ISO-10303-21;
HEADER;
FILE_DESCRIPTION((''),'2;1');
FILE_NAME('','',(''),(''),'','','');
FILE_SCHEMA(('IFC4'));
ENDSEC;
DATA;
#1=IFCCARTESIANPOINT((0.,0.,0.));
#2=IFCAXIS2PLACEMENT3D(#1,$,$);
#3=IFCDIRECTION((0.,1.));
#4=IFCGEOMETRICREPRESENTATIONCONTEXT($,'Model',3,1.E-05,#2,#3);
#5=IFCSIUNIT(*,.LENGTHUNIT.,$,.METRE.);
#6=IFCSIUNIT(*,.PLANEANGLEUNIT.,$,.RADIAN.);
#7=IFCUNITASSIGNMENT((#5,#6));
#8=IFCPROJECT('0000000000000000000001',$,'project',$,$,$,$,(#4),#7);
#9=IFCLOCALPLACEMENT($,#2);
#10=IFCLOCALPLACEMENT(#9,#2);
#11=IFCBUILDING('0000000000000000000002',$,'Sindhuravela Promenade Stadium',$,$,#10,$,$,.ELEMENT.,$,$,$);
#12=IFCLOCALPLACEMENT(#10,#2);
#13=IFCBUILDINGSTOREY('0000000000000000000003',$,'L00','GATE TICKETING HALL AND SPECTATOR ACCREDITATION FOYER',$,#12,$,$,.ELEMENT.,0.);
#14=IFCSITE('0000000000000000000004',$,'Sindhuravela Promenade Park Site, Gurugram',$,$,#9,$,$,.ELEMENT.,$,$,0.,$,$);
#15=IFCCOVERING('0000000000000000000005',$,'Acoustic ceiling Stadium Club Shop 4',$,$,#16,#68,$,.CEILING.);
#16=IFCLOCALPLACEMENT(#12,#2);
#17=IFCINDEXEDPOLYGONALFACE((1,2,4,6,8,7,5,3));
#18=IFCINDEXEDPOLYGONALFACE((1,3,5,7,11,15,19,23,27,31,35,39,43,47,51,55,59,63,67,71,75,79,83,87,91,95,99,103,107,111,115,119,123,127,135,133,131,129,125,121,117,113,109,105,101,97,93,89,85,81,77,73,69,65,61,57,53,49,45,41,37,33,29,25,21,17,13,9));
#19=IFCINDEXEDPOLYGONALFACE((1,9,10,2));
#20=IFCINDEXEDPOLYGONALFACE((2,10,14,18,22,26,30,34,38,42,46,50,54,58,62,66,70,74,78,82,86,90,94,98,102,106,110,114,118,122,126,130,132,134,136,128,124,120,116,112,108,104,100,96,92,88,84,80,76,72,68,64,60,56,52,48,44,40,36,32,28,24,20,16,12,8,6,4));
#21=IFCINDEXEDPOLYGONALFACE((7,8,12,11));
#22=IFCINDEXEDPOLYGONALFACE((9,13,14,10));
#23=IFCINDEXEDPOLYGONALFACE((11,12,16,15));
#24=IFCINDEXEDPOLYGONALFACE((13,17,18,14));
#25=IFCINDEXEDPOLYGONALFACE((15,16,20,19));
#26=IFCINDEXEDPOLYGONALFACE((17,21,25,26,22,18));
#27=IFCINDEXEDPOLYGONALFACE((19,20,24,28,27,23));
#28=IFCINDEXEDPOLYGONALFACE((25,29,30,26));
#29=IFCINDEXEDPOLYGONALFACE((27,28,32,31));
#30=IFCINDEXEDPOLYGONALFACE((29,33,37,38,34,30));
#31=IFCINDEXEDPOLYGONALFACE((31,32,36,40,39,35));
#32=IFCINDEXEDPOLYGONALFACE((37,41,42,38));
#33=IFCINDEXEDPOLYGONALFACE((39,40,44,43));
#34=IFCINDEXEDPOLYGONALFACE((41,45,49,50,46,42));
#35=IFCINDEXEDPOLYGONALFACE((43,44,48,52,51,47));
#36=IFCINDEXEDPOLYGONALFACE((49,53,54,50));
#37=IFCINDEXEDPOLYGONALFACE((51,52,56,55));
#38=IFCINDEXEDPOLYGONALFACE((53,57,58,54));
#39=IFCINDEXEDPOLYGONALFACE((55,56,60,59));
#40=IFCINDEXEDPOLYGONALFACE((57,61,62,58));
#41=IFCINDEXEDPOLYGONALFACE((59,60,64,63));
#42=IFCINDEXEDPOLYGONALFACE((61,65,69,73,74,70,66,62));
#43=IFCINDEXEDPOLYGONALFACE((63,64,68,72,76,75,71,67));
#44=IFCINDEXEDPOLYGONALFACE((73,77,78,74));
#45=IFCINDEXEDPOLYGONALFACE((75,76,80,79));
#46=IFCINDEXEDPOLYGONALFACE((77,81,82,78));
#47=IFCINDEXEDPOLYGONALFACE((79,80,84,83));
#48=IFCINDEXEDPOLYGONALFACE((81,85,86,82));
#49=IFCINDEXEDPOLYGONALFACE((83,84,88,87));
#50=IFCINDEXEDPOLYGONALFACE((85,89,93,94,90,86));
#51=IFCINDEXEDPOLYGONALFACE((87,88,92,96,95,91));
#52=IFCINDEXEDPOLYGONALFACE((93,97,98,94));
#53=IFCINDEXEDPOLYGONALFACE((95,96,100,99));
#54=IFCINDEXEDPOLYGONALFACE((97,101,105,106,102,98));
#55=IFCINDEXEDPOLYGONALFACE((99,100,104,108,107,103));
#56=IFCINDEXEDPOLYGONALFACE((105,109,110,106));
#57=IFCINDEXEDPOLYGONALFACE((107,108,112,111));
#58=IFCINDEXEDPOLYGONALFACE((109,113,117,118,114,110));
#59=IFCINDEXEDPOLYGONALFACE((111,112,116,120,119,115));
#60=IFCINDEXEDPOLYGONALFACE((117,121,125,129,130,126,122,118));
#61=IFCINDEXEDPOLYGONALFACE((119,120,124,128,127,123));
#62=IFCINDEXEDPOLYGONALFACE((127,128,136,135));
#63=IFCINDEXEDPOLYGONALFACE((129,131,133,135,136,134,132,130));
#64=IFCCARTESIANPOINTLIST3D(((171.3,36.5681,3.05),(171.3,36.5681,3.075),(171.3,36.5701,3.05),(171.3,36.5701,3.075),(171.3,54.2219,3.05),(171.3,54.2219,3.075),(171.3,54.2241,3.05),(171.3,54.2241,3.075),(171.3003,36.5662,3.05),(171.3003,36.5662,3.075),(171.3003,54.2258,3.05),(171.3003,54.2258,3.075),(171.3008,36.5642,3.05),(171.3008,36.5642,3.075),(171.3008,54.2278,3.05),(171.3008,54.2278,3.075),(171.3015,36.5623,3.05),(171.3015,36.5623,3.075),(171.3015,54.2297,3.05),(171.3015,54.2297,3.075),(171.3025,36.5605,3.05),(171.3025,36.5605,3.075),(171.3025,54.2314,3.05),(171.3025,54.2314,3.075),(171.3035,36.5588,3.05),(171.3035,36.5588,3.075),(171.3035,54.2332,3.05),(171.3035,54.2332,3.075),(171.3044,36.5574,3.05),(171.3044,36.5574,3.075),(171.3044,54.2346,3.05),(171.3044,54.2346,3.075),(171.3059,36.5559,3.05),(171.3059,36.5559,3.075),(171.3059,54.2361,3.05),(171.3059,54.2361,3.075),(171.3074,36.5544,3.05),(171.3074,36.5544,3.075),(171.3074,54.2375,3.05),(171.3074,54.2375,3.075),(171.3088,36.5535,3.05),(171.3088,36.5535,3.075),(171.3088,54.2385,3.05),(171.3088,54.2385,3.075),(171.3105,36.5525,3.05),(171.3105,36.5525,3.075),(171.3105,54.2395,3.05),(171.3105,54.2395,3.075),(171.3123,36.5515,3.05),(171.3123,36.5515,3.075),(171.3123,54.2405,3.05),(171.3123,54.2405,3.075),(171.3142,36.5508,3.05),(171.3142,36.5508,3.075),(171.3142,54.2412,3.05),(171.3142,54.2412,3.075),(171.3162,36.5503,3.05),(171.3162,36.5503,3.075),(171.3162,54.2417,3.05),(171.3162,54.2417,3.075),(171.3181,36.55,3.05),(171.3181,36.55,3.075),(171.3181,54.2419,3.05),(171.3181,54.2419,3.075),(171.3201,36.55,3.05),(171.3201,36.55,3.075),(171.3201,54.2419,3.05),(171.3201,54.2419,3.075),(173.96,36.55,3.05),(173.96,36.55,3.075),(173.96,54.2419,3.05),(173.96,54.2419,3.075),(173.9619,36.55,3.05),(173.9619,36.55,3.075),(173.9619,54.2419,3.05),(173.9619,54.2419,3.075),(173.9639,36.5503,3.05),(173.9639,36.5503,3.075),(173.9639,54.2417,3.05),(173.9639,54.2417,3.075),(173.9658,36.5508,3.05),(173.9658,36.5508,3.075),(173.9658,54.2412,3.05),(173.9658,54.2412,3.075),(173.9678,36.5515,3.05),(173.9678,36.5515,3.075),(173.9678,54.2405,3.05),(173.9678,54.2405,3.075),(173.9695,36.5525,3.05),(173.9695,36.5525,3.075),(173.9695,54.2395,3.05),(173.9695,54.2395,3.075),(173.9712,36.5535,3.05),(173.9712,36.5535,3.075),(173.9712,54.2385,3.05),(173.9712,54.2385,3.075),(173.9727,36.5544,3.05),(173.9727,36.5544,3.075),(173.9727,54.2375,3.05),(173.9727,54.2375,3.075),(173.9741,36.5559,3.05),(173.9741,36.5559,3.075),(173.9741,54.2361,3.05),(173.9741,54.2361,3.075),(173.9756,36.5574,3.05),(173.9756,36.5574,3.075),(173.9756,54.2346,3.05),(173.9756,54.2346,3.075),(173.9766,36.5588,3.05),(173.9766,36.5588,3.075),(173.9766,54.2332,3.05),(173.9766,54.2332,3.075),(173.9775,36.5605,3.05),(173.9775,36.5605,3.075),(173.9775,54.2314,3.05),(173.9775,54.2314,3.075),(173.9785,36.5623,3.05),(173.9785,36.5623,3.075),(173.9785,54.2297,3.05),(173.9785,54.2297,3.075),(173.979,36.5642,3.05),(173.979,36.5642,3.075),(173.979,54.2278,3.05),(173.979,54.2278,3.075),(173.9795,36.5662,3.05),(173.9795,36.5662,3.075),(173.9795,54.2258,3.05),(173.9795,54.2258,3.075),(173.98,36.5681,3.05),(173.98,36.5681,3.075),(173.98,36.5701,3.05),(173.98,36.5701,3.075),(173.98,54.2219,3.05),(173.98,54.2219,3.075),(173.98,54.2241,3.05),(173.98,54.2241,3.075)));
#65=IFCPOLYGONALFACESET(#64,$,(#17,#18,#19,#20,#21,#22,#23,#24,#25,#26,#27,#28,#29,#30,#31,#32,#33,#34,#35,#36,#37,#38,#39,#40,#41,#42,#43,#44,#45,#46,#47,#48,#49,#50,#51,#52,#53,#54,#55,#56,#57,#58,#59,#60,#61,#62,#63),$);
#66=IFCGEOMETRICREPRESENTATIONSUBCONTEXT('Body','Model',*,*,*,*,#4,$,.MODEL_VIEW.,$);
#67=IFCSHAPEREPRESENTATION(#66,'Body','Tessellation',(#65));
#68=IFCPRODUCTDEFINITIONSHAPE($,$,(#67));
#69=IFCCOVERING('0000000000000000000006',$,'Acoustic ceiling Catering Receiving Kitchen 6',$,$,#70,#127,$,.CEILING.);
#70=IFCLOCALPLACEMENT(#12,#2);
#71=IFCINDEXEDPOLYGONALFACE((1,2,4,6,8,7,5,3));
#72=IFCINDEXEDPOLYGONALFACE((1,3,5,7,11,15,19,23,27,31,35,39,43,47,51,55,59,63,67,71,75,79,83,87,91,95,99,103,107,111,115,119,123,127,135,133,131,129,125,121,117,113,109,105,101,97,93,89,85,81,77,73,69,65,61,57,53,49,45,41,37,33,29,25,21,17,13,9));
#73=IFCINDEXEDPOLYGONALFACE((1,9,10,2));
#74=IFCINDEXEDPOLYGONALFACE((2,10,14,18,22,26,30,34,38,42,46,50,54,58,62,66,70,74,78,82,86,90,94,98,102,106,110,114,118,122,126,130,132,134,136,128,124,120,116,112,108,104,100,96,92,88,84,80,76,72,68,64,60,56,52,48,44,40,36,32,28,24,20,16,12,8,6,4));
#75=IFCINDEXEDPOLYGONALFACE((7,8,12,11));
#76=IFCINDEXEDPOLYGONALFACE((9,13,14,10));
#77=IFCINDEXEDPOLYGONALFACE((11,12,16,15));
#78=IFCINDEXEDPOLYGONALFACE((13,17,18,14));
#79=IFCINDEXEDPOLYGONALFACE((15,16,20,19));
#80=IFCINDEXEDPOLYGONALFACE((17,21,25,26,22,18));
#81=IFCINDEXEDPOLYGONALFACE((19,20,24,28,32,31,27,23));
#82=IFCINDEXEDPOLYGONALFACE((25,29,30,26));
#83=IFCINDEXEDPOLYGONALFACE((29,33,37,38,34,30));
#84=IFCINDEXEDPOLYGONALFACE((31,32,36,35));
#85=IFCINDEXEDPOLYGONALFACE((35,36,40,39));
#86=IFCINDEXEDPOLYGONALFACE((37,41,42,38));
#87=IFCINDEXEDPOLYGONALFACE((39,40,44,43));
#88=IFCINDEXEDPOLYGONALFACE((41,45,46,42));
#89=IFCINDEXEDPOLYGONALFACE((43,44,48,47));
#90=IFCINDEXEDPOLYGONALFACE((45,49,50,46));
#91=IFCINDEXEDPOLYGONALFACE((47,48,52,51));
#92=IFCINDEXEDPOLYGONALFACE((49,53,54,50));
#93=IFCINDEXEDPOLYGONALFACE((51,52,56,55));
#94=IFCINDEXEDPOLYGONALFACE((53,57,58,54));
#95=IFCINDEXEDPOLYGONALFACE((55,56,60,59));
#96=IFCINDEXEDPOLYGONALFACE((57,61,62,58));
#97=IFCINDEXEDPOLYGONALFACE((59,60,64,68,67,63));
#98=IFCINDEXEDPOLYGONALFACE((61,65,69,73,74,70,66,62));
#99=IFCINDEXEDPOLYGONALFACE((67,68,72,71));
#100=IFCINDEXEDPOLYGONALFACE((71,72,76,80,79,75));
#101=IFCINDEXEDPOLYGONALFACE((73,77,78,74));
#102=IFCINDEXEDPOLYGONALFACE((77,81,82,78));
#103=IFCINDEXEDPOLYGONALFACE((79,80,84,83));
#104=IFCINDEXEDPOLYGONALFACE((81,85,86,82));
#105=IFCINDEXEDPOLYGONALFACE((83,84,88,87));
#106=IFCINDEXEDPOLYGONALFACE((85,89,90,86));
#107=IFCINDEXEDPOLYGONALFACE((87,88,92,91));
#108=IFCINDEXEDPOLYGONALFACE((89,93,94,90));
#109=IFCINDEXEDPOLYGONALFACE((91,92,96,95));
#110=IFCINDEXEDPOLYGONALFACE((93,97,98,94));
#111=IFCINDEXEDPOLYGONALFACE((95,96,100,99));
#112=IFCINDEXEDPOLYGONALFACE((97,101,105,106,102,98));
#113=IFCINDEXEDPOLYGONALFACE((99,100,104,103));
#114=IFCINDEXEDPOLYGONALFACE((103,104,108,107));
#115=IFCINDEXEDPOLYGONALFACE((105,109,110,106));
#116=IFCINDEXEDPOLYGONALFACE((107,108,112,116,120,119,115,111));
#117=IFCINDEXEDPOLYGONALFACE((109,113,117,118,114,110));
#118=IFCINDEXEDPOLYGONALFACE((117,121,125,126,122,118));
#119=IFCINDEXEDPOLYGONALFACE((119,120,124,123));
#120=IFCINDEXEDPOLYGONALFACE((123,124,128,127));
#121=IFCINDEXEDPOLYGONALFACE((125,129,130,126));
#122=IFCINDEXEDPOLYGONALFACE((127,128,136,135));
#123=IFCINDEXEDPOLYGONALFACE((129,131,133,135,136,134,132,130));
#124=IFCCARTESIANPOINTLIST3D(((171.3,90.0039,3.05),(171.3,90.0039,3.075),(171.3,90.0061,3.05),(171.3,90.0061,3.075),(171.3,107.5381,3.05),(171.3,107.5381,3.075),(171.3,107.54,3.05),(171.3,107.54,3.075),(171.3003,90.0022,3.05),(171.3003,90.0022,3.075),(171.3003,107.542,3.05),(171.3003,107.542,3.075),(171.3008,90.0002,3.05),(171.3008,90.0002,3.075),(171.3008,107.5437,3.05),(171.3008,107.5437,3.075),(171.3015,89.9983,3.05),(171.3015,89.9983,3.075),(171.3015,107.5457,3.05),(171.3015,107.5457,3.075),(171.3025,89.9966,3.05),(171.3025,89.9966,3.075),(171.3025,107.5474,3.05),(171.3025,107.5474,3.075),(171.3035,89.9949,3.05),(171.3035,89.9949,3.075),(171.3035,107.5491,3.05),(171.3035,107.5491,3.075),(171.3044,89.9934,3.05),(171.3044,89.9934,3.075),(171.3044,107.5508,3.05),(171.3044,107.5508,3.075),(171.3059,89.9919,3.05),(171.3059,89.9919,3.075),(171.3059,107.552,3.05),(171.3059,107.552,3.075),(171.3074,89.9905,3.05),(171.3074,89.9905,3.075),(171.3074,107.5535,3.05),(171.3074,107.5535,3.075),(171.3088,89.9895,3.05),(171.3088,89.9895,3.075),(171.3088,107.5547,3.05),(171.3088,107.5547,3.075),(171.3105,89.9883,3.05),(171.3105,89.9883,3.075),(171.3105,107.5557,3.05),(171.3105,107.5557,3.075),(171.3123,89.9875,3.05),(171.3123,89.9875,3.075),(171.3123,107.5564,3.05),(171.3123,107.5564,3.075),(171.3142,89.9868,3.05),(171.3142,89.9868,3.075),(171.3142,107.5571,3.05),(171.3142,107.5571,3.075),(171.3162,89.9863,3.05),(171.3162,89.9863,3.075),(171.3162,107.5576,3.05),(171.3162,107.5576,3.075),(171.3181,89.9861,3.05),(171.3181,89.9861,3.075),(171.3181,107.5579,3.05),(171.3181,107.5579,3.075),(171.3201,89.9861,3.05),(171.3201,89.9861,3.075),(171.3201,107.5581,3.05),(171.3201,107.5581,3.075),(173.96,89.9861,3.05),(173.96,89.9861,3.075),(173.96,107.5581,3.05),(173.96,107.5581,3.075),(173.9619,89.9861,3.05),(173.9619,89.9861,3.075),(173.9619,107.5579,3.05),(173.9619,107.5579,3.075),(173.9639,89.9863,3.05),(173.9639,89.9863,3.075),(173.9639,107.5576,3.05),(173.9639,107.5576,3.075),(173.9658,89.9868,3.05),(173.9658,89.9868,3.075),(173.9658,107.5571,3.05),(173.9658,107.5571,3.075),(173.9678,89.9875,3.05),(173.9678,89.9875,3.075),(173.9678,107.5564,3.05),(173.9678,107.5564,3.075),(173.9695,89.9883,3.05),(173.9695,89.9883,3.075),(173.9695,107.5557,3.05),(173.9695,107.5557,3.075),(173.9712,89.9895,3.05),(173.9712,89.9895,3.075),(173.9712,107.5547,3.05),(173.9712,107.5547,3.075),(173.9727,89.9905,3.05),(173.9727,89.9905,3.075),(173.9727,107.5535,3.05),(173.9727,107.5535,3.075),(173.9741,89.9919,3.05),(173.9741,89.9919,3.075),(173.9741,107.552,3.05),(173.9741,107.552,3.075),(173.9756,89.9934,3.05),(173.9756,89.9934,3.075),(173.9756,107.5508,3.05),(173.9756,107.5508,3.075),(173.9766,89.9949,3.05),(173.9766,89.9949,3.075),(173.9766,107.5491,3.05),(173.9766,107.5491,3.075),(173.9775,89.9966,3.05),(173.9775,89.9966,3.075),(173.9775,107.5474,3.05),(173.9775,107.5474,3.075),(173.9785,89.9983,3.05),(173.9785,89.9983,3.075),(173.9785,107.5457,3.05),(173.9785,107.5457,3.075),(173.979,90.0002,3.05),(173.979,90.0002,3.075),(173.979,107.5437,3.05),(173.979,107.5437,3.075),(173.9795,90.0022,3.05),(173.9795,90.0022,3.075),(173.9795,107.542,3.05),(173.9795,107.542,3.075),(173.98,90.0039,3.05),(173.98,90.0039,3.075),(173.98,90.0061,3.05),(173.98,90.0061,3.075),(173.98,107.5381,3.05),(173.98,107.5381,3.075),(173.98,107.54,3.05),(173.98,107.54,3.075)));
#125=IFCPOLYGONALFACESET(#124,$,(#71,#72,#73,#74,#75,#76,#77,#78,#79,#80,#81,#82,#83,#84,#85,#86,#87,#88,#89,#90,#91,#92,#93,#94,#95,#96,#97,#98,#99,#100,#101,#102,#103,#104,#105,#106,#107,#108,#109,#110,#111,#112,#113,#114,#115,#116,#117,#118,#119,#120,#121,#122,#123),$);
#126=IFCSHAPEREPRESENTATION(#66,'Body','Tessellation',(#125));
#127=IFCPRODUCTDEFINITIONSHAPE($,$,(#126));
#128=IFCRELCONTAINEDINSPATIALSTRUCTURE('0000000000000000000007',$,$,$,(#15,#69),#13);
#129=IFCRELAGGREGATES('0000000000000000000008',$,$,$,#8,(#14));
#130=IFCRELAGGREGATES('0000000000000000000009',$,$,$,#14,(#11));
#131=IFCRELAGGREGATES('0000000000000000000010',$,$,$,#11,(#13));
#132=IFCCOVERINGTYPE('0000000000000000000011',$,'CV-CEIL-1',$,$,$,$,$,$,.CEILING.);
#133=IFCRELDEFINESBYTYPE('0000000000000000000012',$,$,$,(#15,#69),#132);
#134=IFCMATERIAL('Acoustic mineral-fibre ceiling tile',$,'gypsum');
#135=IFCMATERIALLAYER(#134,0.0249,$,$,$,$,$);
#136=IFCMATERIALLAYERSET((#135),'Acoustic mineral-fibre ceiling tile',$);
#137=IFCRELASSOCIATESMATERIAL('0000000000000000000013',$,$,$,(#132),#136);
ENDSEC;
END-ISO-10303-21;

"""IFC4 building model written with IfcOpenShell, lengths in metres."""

from ifc_helpers import new_model, si_unit, direction, frame, origin, place, context, subcontext, project, spatial, polyline, outline, extrude, material, layer, layer_set, type_object, element, save


model = new_model("IFC4")

# Units and contexts
model_context = context("Model", 3, precision=1e-05, world=origin(), true_north=direction((0.0, 1.0)))
body_context = subcontext(model_context, "Body", "Model", "MODEL_VIEW")
ifc_project = project(units=[si_unit("LENGTHUNIT", "METRE"), si_unit("PLANEANGLEUNIT", "RADIAN")], contexts=[model_context])

# Site, building, storey
site_placement = place(None, origin())
site = spatial("IfcSite", under=ifc_project, at=site_placement, Name="Sindhuravela Promenade Park Site, Gurugram", CompositionType="ELEMENT", RefElevation=0.0)
building_placement = place(site_placement, origin())
building = spatial("IfcBuilding", under=site, at=building_placement, Name="Sindhuravela Promenade Stadium", CompositionType="ELEMENT")
storey_placement = place(building_placement, origin())
storey = spatial("IfcBuildingStorey", under=building, at=storey_placement, Name="L00", Description="GATE TICKETING HALL AND SPECTATOR ACCREDITATION FOYER", CompositionType="ELEMENT", Elevation=0.0)

# Coverings
ifc_material_1 = material(Name="Acoustic mineral-fibre ceiling tile", Category="gypsum")
ifc_layer_1 = layer(ifc_material_1, 0.0249)
ifc_layer_set_1 = layer_set([ifc_layer_1], Name="Acoustic mineral-fibre ceiling tile")
covering_type_1 = type_object("IfcCoveringType", Name="CV-CEIL-1", PredefinedType="CEILING", material=ifc_layer_set_1)
covering_1_placement = place(storey_placement, frame((0.0, 0.0, 3.05)))
element("IfcCovering", 1, at=covering_1_placement, inside=storey, type_object=covering_type_1, Name="Acoustic ceiling Stadium Club Shop 4", PredefinedType="CEILING", context=body_context, shape_type="SweptSolid", body=[
    extrude(outline(polyline([(173.98, 36.5701), (173.98, 36.5681), (173.9795, 36.5662), (173.979, 36.5642), (173.9785, 36.5623), (173.9775, 36.5605), (173.9766, 36.5588), (173.9756, 36.5574), (173.9741, 36.5559), (173.9727, 36.5544), (173.9712, 36.5535), (173.9695, 36.5525), (173.9678, 36.5515), (173.9658, 36.5508), (173.9639, 36.5503), (173.9619, 36.55), (173.96, 36.55), (171.3201, 36.55), (171.3181, 36.55), (171.3162, 36.5503), (171.3142, 36.5508), (171.3123, 36.5515), (171.3105, 36.5525), (171.3088, 36.5535), (171.3074, 36.5544), (171.3059, 36.5559), (171.3044, 36.5574), (171.3035, 36.5588), (171.3025, 36.5605), (171.3015, 36.5623), (171.3008, 36.5642), (171.3003, 36.5662), (171.3, 36.5681), (171.3, 36.5701), (171.3, 54.2219), (171.3, 54.2241), (171.3003, 54.2258), (171.3008, 54.2278), (171.3015, 54.2297), (171.3025, 54.2314), (171.3035, 54.2332), (171.3044, 54.2346), (171.3059, 54.2361), (171.3074, 54.2375), (171.3088, 54.2385), (171.3105, 54.2395), (171.3123, 54.2405), (171.3142, 54.2412), (171.3162, 54.2417), (171.3181, 54.2419), (171.3201, 54.2419), (173.96, 54.2419), (173.9619, 54.2419), (173.9639, 54.2417), (173.9658, 54.2412), (173.9678, 54.2405), (173.9695, 54.2395), (173.9712, 54.2385), (173.9727, 54.2375), (173.9741, 54.2361), (173.9756, 54.2346), (173.9766, 54.2332), (173.9775, 54.2314), (173.9785, 54.2297), (173.979, 54.2278), (173.9795, 54.2258), (173.98, 54.2241), (173.98, 54.2219), (173.98, 36.5701)])), origin(), (0.0, 0.0, 1.0), 0.0249),
])
covering_2_placement = place(storey_placement, frame((0.0, 0.0, 3.05)))
element("IfcCovering", 2, at=covering_2_placement, inside=storey, type_object=covering_type_1, Name="Acoustic ceiling Catering Receiving Kitchen 6", PredefinedType="CEILING", context=body_context, shape_type="SweptSolid", body=[
    extrude(outline(polyline([(173.98, 90.0061), (173.98, 90.0039), (173.9795, 90.0022), (173.979, 90.0002), (173.9785, 89.9983), (173.9775, 89.9966), (173.9766, 89.9949), (173.9756, 89.9934), (173.9741, 89.9919), (173.9727, 89.9905), (173.9712, 89.9895), (173.9695, 89.9883), (173.9678, 89.9875), (173.9658, 89.9868), (173.9639, 89.9863), (173.9619, 89.9861), (173.96, 89.9861), (171.3201, 89.9861), (171.3181, 89.9861), (171.3162, 89.9863), (171.3142, 89.9868), (171.3123, 89.9875), (171.3105, 89.9883), (171.3088, 89.9895), (171.3074, 89.9905), (171.3059, 89.9919), (171.3044, 89.9934), (171.3035, 89.9949), (171.3025, 89.9966), (171.3015, 89.9983), (171.3008, 90.0002), (171.3003, 90.0022), (171.3, 90.0039), (171.3, 90.0061), (171.3, 107.5381), (171.3, 107.54), (171.3003, 107.542), (171.3008, 107.5437), (171.3015, 107.5457), (171.3025, 107.5474), (171.3035, 107.5491), (171.3044, 107.5508), (171.3059, 107.552), (171.3074, 107.5535), (171.3088, 107.5547), (171.3105, 107.5557), (171.3123, 107.5564), (171.3142, 107.5571), (171.3162, 107.5576), (171.3181, 107.5579), (171.3201, 107.5581), (173.96, 107.5581), (173.9619, 107.5579), (173.9639, 107.5576), (173.9658, 107.5571), (173.9678, 107.5564), (173.9695, 107.5557), (173.9712, 107.5547), (173.9727, 107.5535), (173.9741, 107.552), (173.9756, 107.5508), (173.9766, 107.5491), (173.9775, 107.5474), (173.9785, 107.5457), (173.979, 107.5437), (173.9795, 107.542), (173.98, 107.54), (173.98, 107.5381), (173.98, 90.0061)])), origin(), (0.0, 0.0, 1.0), 0.0249),
])

save(model, "model.ifc")
